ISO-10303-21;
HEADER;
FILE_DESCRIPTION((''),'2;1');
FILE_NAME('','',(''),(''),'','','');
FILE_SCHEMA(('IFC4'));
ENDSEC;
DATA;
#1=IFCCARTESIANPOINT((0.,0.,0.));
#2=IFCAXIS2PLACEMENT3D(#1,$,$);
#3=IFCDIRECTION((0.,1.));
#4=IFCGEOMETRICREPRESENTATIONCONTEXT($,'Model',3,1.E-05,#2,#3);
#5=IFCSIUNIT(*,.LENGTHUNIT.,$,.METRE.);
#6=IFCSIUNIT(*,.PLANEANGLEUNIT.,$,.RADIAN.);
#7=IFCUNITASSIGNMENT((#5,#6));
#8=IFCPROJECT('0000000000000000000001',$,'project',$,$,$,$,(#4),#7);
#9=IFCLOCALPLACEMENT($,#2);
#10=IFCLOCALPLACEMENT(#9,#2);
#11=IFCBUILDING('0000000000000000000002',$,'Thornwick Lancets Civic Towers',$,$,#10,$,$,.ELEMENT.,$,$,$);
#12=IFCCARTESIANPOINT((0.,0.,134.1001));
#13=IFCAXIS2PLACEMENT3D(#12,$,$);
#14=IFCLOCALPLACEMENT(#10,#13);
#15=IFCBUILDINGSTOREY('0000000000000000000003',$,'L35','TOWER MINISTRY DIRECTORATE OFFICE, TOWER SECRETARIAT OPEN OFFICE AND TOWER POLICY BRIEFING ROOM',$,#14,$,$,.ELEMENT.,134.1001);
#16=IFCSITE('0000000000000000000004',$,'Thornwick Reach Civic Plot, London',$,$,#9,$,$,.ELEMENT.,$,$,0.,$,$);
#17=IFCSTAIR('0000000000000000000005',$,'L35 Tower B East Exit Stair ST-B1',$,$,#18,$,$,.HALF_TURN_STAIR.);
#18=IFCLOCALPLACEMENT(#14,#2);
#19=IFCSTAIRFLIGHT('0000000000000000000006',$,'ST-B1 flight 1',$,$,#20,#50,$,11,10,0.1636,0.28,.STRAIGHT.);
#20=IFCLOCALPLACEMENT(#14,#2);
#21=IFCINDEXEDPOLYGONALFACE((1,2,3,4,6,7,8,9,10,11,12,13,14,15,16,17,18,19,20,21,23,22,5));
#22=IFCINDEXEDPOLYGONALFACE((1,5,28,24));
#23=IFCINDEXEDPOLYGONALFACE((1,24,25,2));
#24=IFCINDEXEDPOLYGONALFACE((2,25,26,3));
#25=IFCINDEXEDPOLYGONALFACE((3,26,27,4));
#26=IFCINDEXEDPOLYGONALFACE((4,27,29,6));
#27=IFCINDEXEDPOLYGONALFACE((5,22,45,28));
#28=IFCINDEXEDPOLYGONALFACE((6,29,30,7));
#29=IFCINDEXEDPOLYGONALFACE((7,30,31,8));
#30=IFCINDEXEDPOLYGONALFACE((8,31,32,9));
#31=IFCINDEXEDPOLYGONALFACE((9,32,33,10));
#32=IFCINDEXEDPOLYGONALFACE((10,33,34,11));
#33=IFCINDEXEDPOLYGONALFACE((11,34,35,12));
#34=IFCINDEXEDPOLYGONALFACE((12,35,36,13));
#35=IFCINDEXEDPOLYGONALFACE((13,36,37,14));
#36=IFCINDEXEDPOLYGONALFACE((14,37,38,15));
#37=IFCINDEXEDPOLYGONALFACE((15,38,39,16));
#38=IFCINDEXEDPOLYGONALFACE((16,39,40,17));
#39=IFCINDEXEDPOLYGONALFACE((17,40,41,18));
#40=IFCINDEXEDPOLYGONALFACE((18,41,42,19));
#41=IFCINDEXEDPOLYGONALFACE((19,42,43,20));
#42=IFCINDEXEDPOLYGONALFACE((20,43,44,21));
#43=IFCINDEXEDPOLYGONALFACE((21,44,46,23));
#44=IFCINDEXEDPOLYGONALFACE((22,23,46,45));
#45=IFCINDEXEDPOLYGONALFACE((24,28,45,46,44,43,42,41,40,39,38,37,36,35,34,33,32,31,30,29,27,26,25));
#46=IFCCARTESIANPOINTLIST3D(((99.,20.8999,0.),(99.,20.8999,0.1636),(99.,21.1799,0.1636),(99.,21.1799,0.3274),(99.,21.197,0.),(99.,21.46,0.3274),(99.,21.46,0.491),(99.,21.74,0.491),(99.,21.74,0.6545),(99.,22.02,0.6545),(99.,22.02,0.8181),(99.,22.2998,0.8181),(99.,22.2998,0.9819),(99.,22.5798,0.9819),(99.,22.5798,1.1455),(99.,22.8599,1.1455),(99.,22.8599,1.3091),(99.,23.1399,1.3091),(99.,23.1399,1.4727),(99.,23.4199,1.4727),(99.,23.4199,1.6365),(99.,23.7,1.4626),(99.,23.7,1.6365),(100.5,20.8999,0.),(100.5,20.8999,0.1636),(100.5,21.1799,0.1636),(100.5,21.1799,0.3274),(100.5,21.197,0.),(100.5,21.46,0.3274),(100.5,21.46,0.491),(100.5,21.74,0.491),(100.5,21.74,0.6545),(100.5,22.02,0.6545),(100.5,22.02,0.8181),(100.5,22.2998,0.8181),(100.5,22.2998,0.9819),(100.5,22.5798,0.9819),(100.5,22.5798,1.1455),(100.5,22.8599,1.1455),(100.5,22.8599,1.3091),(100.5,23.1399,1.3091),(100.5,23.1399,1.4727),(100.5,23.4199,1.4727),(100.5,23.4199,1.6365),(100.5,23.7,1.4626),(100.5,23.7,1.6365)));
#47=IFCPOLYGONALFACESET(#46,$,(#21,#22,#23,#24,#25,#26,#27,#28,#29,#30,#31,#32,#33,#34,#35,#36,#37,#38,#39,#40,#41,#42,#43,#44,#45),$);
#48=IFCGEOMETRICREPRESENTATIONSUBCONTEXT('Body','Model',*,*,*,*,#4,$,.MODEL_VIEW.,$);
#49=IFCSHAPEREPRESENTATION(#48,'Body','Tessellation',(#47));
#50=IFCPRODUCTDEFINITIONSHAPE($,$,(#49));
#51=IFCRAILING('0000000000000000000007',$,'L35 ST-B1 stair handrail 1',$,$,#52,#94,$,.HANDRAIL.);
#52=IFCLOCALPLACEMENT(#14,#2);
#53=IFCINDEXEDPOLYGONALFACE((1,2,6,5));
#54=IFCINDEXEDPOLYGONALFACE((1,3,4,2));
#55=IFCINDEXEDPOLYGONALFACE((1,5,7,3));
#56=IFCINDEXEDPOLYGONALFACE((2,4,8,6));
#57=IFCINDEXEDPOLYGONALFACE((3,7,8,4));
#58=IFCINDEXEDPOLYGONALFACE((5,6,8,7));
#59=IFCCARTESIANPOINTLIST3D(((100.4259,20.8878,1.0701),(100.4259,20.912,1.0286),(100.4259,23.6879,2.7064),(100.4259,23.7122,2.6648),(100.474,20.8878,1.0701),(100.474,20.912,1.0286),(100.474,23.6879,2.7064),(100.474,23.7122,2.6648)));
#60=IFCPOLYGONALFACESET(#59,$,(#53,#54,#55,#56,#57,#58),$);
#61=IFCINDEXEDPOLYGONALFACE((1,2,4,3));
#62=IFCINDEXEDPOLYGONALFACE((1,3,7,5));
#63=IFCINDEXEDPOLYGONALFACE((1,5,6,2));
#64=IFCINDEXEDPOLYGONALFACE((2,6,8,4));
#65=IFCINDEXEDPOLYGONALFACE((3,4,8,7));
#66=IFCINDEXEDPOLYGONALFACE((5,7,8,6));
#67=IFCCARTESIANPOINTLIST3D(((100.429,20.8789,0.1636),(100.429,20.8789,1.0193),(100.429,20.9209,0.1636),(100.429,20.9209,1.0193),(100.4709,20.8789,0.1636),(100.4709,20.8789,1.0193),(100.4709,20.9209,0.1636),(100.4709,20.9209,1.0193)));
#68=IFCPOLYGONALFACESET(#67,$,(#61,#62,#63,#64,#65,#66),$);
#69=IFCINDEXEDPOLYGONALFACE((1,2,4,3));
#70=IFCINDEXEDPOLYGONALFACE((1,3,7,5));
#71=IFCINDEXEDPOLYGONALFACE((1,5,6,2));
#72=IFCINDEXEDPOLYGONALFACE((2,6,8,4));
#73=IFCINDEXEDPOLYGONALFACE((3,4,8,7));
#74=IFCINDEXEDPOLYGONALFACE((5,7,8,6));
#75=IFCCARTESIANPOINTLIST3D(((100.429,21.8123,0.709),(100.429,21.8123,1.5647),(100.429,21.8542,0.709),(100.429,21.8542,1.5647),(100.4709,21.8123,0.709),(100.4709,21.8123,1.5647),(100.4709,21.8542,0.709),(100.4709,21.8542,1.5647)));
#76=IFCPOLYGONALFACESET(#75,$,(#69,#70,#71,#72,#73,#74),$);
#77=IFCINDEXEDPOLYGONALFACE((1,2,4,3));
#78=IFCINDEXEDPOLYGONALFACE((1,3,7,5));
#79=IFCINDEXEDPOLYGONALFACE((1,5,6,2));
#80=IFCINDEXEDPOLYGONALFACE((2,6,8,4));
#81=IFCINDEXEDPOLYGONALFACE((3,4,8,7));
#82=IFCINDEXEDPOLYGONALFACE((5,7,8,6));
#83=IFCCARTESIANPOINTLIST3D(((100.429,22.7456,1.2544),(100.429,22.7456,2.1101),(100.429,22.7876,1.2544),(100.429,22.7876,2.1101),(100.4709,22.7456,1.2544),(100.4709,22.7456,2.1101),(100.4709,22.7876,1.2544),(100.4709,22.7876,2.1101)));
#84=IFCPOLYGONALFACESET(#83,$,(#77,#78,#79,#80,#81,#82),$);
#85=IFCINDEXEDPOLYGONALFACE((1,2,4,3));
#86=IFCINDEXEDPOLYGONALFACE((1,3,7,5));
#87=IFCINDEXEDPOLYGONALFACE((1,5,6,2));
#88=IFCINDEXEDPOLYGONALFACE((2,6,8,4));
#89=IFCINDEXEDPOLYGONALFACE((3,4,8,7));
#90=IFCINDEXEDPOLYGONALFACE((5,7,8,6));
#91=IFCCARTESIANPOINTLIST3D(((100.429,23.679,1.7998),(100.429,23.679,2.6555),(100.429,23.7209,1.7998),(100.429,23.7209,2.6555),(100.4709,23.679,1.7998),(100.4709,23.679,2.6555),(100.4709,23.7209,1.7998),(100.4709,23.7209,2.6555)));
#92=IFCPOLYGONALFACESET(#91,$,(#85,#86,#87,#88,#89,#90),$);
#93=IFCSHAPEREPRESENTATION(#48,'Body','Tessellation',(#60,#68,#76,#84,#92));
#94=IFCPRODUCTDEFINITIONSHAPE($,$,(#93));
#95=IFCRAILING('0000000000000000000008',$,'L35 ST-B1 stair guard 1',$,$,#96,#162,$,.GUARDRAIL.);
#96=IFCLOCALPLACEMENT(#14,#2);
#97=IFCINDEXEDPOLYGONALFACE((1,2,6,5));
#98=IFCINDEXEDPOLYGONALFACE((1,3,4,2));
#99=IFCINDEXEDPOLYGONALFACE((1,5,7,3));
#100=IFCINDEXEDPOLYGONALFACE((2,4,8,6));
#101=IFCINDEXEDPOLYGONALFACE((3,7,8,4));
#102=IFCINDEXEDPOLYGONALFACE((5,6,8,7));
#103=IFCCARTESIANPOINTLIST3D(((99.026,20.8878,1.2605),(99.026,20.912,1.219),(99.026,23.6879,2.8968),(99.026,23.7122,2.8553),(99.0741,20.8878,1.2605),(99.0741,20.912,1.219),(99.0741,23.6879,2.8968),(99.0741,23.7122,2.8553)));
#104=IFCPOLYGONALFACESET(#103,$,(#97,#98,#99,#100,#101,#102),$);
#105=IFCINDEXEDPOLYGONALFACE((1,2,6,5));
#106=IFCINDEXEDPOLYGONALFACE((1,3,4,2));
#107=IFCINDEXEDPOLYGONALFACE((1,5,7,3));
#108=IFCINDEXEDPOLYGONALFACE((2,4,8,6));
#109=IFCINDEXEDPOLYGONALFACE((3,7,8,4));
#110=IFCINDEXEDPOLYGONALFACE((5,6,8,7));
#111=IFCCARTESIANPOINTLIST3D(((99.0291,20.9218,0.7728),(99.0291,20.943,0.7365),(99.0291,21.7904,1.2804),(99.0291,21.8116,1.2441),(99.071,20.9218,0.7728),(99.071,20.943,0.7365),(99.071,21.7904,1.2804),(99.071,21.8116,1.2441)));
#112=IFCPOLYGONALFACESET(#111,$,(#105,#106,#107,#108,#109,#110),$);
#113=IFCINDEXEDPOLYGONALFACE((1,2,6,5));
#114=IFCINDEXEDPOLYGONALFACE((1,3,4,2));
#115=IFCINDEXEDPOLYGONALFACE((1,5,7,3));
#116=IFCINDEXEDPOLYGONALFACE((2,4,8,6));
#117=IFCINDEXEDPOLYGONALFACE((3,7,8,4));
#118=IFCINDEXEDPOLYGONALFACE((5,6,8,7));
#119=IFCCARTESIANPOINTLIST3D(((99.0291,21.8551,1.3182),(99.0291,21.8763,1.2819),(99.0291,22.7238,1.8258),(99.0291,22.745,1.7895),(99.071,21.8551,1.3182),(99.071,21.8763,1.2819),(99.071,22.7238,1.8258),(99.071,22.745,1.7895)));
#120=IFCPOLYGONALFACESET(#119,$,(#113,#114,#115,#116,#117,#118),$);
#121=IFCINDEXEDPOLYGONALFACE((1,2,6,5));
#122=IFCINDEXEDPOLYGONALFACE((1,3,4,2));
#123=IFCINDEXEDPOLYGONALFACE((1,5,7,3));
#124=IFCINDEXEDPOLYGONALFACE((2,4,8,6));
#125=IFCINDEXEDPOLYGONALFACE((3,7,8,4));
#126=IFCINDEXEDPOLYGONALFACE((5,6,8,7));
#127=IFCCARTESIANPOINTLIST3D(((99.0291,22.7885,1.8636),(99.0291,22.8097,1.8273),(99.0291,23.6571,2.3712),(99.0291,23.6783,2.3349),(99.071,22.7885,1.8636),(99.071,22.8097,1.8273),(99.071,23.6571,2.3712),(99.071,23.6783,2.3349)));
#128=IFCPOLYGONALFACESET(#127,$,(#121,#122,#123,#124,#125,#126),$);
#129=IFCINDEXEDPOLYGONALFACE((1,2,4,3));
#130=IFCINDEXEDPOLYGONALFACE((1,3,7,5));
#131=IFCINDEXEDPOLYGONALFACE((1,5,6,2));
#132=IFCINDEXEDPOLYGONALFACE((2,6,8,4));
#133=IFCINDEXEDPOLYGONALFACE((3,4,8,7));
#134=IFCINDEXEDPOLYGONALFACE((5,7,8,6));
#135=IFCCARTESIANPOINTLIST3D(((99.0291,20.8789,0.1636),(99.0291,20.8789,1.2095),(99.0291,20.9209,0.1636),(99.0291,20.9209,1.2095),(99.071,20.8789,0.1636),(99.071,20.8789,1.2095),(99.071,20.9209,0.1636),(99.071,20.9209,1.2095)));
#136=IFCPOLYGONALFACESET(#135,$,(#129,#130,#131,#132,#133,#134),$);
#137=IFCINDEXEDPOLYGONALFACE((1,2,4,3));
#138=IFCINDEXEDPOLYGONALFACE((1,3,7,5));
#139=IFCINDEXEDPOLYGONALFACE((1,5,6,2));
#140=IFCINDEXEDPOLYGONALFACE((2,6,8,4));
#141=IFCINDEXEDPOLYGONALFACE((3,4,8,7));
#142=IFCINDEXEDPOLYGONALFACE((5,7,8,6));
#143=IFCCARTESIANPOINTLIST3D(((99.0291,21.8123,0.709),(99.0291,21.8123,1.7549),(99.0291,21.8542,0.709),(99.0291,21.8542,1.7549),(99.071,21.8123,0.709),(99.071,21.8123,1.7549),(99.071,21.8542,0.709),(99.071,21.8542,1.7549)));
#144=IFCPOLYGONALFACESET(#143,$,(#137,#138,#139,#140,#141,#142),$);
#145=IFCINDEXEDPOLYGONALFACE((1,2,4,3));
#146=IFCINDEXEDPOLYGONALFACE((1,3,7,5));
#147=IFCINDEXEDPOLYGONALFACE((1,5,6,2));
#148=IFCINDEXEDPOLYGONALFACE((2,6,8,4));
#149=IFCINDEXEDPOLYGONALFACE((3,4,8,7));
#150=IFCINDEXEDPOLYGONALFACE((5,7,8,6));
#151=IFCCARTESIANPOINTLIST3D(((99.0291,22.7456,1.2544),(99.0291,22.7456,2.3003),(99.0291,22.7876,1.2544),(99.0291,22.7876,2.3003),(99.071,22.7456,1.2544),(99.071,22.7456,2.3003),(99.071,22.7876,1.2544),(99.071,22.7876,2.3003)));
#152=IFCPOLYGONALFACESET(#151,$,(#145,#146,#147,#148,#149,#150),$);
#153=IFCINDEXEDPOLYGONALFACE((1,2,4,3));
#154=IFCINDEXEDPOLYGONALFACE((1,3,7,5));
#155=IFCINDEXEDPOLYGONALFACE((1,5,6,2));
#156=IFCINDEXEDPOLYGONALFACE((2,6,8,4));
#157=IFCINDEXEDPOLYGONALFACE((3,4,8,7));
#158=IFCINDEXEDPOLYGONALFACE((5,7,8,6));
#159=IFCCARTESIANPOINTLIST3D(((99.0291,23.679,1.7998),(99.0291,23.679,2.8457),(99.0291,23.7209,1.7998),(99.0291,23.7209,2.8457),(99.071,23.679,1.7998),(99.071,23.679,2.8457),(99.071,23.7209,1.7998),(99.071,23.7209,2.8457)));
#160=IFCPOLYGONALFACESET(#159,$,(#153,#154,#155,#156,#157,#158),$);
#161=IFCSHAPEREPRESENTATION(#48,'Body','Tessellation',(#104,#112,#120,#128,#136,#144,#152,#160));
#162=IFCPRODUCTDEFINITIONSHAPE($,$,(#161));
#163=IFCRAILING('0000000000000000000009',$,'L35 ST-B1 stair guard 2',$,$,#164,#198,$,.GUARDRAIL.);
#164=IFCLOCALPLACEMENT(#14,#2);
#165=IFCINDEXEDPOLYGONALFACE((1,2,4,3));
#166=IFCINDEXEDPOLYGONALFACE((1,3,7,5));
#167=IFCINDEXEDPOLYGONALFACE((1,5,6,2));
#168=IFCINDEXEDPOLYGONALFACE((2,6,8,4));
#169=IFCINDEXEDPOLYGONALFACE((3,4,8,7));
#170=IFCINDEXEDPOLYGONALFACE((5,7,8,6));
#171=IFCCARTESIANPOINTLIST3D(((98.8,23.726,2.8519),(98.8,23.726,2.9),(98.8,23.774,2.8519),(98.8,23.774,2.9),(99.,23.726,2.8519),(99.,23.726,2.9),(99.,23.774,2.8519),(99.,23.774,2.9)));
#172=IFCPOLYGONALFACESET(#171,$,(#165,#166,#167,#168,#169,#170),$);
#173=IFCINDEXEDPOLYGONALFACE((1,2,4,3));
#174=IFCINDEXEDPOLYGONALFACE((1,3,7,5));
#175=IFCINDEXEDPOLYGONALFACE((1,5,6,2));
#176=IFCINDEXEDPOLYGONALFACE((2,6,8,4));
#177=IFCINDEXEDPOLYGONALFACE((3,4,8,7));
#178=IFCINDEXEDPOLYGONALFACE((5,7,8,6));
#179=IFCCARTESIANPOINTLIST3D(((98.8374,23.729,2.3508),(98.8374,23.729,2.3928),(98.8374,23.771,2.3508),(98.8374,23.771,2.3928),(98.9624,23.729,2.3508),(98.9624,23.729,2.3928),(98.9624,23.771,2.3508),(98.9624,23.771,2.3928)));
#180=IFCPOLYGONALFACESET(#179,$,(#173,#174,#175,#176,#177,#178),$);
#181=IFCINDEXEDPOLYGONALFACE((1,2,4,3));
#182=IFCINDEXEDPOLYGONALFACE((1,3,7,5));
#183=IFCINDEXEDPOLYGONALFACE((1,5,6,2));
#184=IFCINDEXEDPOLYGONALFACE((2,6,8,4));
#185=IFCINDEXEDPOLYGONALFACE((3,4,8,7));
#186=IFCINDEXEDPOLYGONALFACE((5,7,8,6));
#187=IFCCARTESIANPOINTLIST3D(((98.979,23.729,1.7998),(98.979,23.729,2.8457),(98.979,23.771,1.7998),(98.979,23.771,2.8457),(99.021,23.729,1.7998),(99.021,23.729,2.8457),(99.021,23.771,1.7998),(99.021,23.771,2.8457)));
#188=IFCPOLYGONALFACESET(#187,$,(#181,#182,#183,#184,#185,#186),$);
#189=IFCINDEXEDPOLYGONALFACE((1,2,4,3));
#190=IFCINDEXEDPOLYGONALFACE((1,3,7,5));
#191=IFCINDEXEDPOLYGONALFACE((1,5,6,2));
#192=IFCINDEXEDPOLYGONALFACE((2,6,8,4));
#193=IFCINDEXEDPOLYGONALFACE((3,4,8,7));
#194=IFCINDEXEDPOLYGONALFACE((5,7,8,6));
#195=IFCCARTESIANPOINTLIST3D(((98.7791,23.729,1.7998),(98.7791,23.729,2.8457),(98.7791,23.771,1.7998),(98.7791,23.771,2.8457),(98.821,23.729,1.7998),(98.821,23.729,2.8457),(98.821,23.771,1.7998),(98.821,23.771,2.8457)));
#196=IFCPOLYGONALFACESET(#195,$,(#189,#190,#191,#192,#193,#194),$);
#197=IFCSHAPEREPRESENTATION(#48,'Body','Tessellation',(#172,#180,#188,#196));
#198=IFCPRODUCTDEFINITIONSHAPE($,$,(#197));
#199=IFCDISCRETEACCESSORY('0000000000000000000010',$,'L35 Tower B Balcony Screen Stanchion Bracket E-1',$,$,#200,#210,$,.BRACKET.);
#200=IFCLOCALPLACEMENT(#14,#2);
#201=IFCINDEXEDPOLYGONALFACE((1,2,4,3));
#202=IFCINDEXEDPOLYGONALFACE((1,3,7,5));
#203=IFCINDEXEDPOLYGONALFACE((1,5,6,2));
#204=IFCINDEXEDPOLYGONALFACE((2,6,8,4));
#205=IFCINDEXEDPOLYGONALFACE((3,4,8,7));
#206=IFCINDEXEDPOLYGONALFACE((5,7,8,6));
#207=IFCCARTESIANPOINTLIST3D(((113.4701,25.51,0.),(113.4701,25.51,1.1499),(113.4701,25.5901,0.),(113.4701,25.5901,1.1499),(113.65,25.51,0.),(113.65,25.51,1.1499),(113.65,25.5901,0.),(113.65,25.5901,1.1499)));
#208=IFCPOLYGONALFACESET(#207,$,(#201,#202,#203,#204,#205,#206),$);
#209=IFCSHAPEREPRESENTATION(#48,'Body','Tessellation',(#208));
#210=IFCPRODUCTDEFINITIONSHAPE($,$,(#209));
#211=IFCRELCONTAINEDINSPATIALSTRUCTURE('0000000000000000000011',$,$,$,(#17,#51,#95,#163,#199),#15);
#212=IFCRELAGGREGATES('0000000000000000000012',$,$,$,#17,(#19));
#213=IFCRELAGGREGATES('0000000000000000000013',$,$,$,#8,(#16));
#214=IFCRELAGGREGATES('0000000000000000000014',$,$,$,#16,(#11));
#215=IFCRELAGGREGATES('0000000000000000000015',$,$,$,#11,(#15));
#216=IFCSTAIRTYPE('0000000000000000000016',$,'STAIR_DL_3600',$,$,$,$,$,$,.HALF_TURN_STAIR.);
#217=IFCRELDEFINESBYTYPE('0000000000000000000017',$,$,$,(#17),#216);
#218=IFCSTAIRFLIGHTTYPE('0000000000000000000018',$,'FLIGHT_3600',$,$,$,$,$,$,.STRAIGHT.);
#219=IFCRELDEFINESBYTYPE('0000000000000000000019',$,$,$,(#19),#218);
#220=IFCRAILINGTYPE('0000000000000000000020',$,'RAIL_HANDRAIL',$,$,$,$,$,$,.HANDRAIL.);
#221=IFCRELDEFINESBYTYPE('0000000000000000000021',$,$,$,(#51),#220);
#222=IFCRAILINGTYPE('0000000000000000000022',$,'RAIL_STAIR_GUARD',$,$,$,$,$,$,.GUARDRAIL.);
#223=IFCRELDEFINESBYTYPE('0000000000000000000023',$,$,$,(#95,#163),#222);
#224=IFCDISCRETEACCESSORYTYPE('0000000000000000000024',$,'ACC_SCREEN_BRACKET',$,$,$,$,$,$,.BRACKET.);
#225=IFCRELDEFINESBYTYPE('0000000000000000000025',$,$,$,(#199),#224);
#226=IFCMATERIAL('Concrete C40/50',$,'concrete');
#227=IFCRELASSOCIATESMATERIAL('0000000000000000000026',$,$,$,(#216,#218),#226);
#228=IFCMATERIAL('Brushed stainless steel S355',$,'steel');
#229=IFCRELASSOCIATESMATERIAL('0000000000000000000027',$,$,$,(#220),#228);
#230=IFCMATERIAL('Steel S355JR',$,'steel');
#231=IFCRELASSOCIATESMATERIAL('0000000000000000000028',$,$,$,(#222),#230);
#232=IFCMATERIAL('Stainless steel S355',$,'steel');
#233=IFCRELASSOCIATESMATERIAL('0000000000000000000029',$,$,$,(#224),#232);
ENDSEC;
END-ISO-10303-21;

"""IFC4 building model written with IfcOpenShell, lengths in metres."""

from ifc_helpers import new_model, si_unit, direction, frame, origin, origin_2d, place, context, subcontext, project, spatial, polyline, rectangle, outline, extrude, material, type_object, element, aggregate, save


model = new_model("IFC4")

# Units and contexts
model_context = context("Model", 3, precision=1e-05, world=origin(), true_north=direction((0.0, 1.0)))
body_context = subcontext(model_context, "Body", "Model", "MODEL_VIEW")
ifc_project = project(units=[si_unit("LENGTHUNIT", "METRE"), si_unit("PLANEANGLEUNIT", "RADIAN")], contexts=[model_context])

# Site, building, storey
site_placement = place(None, origin())
site = spatial("IfcSite", under=ifc_project, at=site_placement, Name="Thornwick Reach Civic Plot, London", CompositionType="ELEMENT", RefElevation=0.0)
building_placement = place(site_placement, origin())
building = spatial("IfcBuilding", under=site, at=building_placement, Name="Thornwick Lancets Civic Towers", CompositionType="ELEMENT")
storey_placement = place(building_placement, frame((0.0, 0.0, 134.1001)))
storey = spatial("IfcBuildingStorey", under=building, at=storey_placement, Name="L35", Description="TOWER MINISTRY DIRECTORATE OFFICE, TOWER SECRETARIAT OPEN OFFICE AND TOWER POLICY BRIEFING ROOM", CompositionType="ELEMENT", Elevation=134.1001)

# Shared definitions
ifc_material_1 = material(Name="Steel S355JR", Category="steel")
ifc_material_2 = material(Name="Concrete C40/50", Category="concrete")

# Stair, stair flight
stair_type = type_object("IfcStairType", Name="STAIR_DL_3600", PredefinedType="HALF_TURN_STAIR", material=ifc_material_2)
stair_placement = place(storey_placement, origin())
stair = element("IfcStair", 1, at=stair_placement, inside=storey, type_object=stair_type, Name="L35 Tower B East Exit Stair ST-B1", PredefinedType="HALF_TURN_STAIR")
stair_flight_type = type_object("IfcStairFlightType", Name="FLIGHT_3600", PredefinedType="STRAIGHT", material=ifc_material_2)
stair_flight_placement = place(storey_placement, frame((99.75, 20.8999, 0.0), z_axis=(0.0, 0.0, 1.0), x_axis=(0.0, 1.0, 0.0)))
stair_flight = element("IfcStairFlight", 2, at=stair_flight_placement, type_object=stair_flight_type, Name="ST-B1 flight 1", NumberOfRisers=11, NumberOfTreads=10, PredefinedType="STRAIGHT", RiserHeight=0.1636, TreadLength=0.28, context=body_context, shape_type="SweptSolid", body=[
    extrude(outline(polyline([(0.0, 0.0), (0.0, 0.1636), (0.28, 0.1636), (0.28, 0.3274), (0.5601, 0.3274), (0.5601, 0.491), (0.8401, 0.491), (0.8401, 0.6545), (1.1201, 0.6545), (1.1201, 0.8181), (1.3999, 0.8181), (1.3999, 0.9819), (1.6799, 0.9819), (1.6799, 1.1455), (1.96, 1.1455), (1.96, 1.3091), (2.24, 1.3091), (2.24, 1.4727), (2.52, 1.4727), (2.52, 1.6365), (2.8, 1.6365), (2.8, 1.8), (2.8, 1.4626), (0.2971, 0.0), (0.0, 0.0)])), frame((0.0, 0.75, 0.0), z_axis=(0.0, -1.0, 0.0), x_axis=(1.0, 0.0, 0.0)), (0.0, 0.0, 1.0), 1.5),
])
aggregate(stair, [stair_flight])

# Railings
ifc_material_3 = material(Name="Brushed stainless steel S355", Category="steel")
railing_type_1 = type_object("IfcRailingType", Name="RAIL_HANDRAIL", PredefinedType="HANDRAIL", material=ifc_material_3)
railing_1_placement = place(storey_placement, frame((100.45, 20.8999, 0.1636)))
element("IfcRailing", 3, at=railing_1_placement, inside=storey, type_object=railing_type_1, Name="L35 ST-B1 stair handrail 1", PredefinedType="HANDRAIL", context=body_context, shape_type="SweptSolid", body=[
    extrude(rectangle(XDim=0.0481, YDim=0.0481, at=origin_2d()), frame((0.0, 0.0, 0.8857), z_axis=(0.0, 0.863394, 0.504531), x_axis=(-1.0, 0.0, 0.0)), (0.0, 0.0, 1.0), 3.2432),
    extrude(rectangle(XDim=0.042, YDim=0.042, at=origin_2d()), origin(), (0.0, 0.0, 1.0), 0.8557),
    extrude(rectangle(XDim=0.042, YDim=0.042, at=origin_2d()), frame((0.0, 0.9333, 0.5454)), (0.0, 0.0, 1.0), 0.8557),
    extrude(rectangle(XDim=0.042, YDim=0.042, at=origin_2d()), frame((0.0, 1.8667, 1.0908)), (0.0, 0.0, 1.0), 0.8557),
    extrude(rectangle(XDim=0.042, YDim=0.042, at=origin_2d()), frame((0.0, 2.8, 1.6362)), (0.0, 0.0, 1.0), 0.8557),
])
railing_type_2 = type_object("IfcRailingType", Name="RAIL_STAIR_GUARD", PredefinedType="GUARDRAIL", material=ifc_material_1)
railing_2_placement = place(storey_placement, frame((99.05, 20.8999, 0.1636)))
element("IfcRailing", 4, at=railing_2_placement, inside=storey, type_object=railing_type_2, Name="L35 ST-B1 stair guard 1", PredefinedType="GUARDRAIL", context=body_context, shape_type="SweptSolid", body=[
    extrude(rectangle(XDim=0.0481, YDim=0.0481, at=origin_2d()), frame((0.0, 0.0, 1.0762), z_axis=(0.0, 0.863394, 0.504531), x_axis=(-1.0, 0.0, 0.0)), (0.0, 0.0, 1.0), 3.2432),
    extrude(rectangle(XDim=0.042, YDim=0.042, at=origin_2d()), frame((0.0, 0.0325, 0.5911), z_axis=(0.0, 0.863394, 0.504531), x_axis=(-1.0, 0.0, 0.0)), (0.0, 0.0, 1.0), 1.0061),
    extrude(rectangle(XDim=0.042, YDim=0.042, at=origin_2d()), frame((0.0, 0.9658, 1.1365), z_axis=(0.0, 0.863394, 0.504531), x_axis=(-1.0, 0.0, 0.0)), (0.0, 0.0, 1.0), 1.0061),
    extrude(rectangle(XDim=0.042, YDim=0.042, at=origin_2d()), frame((0.0, 1.8992, 1.6819), z_axis=(0.0, 0.863394, 0.504531), x_axis=(-1.0, 0.0, 0.0)), (0.0, 0.0, 1.0), 1.0061),
    extrude(rectangle(XDim=0.042, YDim=0.042, at=origin_2d()), origin(), (0.0, 0.0, 1.0), 1.0459),
    extrude(rectangle(XDim=0.042, YDim=0.042, at=origin_2d()), frame((0.0, 0.9333, 0.5454)), (0.0, 0.0, 1.0), 1.0459),
    extrude(rectangle(XDim=0.042, YDim=0.042, at=origin_2d()), frame((0.0, 1.8667, 1.0908)), (0.0, 0.0, 1.0), 1.0459),
    extrude(rectangle(XDim=0.042, YDim=0.042, at=origin_2d()), frame((0.0, 2.8, 1.6362)), (0.0, 0.0, 1.0), 1.0459),
])
railing_3_placement = place(storey_placement, frame((99.0, 23.75, 1.7998)))
element("IfcRailing", 5, at=railing_3_placement, inside=storey, type_object=railing_type_2, Name="L35 ST-B1 stair guard 2", PredefinedType="GUARDRAIL", context=body_context, shape_type="SweptSolid", body=[
    extrude(rectangle(XDim=0.0481, YDim=0.0481, at=origin_2d()), frame((0.0, 0.0, 1.0762), z_axis=(-1.0, 0.0, 0.0), x_axis=(0.0, -1.0, 0.0)), (0.0, 0.0, 1.0), 0.2),
    extrude(rectangle(XDim=0.042, YDim=0.042, at=origin_2d()), frame((-0.0376, 0.0, 0.572), z_axis=(-1.0, 0.0, 0.0), x_axis=(0.0, -1.0, 0.0)), (0.0, 0.0, 1.0), 0.125),
    extrude(rectangle(XDim=0.042, YDim=0.042, at=origin_2d()), origin(), (0.0, 0.0, 1.0), 1.0459),
    extrude(rectangle(XDim=0.042, YDim=0.042, at=origin_2d()), frame((-0.2, 0.0, 0.0)), (0.0, 0.0, 1.0), 1.0459),
])

# Discrete accessory
ifc_material_4 = material(Name="Stainless steel S355", Category="steel")
discrete_accessory_type = type_object("IfcDiscreteAccessoryType", Name="ACC_SCREEN_BRACKET", PredefinedType="BRACKET", material=ifc_material_4)
discrete_accessory_placement = place(storey_placement, frame((113.5601, 25.55, 0.0), z_axis=(0.0, 0.0, 1.0), x_axis=(0.0, 1.0, 0.0)))
element("IfcDiscreteAccessory", 6, at=discrete_accessory_placement, inside=storey, type_object=discrete_accessory_type, Name="L35 Tower B Balcony Screen Stanchion Bracket E-1", PredefinedType="BRACKET", context=body_context, shape_type="SweptSolid", body=[
    extrude(rectangle(XDim=0.0801, YDim=0.1799, at=origin_2d()), origin(), (0.0, 0.0, 1.0), 1.1499),
])

save(model, "model.ifc")
